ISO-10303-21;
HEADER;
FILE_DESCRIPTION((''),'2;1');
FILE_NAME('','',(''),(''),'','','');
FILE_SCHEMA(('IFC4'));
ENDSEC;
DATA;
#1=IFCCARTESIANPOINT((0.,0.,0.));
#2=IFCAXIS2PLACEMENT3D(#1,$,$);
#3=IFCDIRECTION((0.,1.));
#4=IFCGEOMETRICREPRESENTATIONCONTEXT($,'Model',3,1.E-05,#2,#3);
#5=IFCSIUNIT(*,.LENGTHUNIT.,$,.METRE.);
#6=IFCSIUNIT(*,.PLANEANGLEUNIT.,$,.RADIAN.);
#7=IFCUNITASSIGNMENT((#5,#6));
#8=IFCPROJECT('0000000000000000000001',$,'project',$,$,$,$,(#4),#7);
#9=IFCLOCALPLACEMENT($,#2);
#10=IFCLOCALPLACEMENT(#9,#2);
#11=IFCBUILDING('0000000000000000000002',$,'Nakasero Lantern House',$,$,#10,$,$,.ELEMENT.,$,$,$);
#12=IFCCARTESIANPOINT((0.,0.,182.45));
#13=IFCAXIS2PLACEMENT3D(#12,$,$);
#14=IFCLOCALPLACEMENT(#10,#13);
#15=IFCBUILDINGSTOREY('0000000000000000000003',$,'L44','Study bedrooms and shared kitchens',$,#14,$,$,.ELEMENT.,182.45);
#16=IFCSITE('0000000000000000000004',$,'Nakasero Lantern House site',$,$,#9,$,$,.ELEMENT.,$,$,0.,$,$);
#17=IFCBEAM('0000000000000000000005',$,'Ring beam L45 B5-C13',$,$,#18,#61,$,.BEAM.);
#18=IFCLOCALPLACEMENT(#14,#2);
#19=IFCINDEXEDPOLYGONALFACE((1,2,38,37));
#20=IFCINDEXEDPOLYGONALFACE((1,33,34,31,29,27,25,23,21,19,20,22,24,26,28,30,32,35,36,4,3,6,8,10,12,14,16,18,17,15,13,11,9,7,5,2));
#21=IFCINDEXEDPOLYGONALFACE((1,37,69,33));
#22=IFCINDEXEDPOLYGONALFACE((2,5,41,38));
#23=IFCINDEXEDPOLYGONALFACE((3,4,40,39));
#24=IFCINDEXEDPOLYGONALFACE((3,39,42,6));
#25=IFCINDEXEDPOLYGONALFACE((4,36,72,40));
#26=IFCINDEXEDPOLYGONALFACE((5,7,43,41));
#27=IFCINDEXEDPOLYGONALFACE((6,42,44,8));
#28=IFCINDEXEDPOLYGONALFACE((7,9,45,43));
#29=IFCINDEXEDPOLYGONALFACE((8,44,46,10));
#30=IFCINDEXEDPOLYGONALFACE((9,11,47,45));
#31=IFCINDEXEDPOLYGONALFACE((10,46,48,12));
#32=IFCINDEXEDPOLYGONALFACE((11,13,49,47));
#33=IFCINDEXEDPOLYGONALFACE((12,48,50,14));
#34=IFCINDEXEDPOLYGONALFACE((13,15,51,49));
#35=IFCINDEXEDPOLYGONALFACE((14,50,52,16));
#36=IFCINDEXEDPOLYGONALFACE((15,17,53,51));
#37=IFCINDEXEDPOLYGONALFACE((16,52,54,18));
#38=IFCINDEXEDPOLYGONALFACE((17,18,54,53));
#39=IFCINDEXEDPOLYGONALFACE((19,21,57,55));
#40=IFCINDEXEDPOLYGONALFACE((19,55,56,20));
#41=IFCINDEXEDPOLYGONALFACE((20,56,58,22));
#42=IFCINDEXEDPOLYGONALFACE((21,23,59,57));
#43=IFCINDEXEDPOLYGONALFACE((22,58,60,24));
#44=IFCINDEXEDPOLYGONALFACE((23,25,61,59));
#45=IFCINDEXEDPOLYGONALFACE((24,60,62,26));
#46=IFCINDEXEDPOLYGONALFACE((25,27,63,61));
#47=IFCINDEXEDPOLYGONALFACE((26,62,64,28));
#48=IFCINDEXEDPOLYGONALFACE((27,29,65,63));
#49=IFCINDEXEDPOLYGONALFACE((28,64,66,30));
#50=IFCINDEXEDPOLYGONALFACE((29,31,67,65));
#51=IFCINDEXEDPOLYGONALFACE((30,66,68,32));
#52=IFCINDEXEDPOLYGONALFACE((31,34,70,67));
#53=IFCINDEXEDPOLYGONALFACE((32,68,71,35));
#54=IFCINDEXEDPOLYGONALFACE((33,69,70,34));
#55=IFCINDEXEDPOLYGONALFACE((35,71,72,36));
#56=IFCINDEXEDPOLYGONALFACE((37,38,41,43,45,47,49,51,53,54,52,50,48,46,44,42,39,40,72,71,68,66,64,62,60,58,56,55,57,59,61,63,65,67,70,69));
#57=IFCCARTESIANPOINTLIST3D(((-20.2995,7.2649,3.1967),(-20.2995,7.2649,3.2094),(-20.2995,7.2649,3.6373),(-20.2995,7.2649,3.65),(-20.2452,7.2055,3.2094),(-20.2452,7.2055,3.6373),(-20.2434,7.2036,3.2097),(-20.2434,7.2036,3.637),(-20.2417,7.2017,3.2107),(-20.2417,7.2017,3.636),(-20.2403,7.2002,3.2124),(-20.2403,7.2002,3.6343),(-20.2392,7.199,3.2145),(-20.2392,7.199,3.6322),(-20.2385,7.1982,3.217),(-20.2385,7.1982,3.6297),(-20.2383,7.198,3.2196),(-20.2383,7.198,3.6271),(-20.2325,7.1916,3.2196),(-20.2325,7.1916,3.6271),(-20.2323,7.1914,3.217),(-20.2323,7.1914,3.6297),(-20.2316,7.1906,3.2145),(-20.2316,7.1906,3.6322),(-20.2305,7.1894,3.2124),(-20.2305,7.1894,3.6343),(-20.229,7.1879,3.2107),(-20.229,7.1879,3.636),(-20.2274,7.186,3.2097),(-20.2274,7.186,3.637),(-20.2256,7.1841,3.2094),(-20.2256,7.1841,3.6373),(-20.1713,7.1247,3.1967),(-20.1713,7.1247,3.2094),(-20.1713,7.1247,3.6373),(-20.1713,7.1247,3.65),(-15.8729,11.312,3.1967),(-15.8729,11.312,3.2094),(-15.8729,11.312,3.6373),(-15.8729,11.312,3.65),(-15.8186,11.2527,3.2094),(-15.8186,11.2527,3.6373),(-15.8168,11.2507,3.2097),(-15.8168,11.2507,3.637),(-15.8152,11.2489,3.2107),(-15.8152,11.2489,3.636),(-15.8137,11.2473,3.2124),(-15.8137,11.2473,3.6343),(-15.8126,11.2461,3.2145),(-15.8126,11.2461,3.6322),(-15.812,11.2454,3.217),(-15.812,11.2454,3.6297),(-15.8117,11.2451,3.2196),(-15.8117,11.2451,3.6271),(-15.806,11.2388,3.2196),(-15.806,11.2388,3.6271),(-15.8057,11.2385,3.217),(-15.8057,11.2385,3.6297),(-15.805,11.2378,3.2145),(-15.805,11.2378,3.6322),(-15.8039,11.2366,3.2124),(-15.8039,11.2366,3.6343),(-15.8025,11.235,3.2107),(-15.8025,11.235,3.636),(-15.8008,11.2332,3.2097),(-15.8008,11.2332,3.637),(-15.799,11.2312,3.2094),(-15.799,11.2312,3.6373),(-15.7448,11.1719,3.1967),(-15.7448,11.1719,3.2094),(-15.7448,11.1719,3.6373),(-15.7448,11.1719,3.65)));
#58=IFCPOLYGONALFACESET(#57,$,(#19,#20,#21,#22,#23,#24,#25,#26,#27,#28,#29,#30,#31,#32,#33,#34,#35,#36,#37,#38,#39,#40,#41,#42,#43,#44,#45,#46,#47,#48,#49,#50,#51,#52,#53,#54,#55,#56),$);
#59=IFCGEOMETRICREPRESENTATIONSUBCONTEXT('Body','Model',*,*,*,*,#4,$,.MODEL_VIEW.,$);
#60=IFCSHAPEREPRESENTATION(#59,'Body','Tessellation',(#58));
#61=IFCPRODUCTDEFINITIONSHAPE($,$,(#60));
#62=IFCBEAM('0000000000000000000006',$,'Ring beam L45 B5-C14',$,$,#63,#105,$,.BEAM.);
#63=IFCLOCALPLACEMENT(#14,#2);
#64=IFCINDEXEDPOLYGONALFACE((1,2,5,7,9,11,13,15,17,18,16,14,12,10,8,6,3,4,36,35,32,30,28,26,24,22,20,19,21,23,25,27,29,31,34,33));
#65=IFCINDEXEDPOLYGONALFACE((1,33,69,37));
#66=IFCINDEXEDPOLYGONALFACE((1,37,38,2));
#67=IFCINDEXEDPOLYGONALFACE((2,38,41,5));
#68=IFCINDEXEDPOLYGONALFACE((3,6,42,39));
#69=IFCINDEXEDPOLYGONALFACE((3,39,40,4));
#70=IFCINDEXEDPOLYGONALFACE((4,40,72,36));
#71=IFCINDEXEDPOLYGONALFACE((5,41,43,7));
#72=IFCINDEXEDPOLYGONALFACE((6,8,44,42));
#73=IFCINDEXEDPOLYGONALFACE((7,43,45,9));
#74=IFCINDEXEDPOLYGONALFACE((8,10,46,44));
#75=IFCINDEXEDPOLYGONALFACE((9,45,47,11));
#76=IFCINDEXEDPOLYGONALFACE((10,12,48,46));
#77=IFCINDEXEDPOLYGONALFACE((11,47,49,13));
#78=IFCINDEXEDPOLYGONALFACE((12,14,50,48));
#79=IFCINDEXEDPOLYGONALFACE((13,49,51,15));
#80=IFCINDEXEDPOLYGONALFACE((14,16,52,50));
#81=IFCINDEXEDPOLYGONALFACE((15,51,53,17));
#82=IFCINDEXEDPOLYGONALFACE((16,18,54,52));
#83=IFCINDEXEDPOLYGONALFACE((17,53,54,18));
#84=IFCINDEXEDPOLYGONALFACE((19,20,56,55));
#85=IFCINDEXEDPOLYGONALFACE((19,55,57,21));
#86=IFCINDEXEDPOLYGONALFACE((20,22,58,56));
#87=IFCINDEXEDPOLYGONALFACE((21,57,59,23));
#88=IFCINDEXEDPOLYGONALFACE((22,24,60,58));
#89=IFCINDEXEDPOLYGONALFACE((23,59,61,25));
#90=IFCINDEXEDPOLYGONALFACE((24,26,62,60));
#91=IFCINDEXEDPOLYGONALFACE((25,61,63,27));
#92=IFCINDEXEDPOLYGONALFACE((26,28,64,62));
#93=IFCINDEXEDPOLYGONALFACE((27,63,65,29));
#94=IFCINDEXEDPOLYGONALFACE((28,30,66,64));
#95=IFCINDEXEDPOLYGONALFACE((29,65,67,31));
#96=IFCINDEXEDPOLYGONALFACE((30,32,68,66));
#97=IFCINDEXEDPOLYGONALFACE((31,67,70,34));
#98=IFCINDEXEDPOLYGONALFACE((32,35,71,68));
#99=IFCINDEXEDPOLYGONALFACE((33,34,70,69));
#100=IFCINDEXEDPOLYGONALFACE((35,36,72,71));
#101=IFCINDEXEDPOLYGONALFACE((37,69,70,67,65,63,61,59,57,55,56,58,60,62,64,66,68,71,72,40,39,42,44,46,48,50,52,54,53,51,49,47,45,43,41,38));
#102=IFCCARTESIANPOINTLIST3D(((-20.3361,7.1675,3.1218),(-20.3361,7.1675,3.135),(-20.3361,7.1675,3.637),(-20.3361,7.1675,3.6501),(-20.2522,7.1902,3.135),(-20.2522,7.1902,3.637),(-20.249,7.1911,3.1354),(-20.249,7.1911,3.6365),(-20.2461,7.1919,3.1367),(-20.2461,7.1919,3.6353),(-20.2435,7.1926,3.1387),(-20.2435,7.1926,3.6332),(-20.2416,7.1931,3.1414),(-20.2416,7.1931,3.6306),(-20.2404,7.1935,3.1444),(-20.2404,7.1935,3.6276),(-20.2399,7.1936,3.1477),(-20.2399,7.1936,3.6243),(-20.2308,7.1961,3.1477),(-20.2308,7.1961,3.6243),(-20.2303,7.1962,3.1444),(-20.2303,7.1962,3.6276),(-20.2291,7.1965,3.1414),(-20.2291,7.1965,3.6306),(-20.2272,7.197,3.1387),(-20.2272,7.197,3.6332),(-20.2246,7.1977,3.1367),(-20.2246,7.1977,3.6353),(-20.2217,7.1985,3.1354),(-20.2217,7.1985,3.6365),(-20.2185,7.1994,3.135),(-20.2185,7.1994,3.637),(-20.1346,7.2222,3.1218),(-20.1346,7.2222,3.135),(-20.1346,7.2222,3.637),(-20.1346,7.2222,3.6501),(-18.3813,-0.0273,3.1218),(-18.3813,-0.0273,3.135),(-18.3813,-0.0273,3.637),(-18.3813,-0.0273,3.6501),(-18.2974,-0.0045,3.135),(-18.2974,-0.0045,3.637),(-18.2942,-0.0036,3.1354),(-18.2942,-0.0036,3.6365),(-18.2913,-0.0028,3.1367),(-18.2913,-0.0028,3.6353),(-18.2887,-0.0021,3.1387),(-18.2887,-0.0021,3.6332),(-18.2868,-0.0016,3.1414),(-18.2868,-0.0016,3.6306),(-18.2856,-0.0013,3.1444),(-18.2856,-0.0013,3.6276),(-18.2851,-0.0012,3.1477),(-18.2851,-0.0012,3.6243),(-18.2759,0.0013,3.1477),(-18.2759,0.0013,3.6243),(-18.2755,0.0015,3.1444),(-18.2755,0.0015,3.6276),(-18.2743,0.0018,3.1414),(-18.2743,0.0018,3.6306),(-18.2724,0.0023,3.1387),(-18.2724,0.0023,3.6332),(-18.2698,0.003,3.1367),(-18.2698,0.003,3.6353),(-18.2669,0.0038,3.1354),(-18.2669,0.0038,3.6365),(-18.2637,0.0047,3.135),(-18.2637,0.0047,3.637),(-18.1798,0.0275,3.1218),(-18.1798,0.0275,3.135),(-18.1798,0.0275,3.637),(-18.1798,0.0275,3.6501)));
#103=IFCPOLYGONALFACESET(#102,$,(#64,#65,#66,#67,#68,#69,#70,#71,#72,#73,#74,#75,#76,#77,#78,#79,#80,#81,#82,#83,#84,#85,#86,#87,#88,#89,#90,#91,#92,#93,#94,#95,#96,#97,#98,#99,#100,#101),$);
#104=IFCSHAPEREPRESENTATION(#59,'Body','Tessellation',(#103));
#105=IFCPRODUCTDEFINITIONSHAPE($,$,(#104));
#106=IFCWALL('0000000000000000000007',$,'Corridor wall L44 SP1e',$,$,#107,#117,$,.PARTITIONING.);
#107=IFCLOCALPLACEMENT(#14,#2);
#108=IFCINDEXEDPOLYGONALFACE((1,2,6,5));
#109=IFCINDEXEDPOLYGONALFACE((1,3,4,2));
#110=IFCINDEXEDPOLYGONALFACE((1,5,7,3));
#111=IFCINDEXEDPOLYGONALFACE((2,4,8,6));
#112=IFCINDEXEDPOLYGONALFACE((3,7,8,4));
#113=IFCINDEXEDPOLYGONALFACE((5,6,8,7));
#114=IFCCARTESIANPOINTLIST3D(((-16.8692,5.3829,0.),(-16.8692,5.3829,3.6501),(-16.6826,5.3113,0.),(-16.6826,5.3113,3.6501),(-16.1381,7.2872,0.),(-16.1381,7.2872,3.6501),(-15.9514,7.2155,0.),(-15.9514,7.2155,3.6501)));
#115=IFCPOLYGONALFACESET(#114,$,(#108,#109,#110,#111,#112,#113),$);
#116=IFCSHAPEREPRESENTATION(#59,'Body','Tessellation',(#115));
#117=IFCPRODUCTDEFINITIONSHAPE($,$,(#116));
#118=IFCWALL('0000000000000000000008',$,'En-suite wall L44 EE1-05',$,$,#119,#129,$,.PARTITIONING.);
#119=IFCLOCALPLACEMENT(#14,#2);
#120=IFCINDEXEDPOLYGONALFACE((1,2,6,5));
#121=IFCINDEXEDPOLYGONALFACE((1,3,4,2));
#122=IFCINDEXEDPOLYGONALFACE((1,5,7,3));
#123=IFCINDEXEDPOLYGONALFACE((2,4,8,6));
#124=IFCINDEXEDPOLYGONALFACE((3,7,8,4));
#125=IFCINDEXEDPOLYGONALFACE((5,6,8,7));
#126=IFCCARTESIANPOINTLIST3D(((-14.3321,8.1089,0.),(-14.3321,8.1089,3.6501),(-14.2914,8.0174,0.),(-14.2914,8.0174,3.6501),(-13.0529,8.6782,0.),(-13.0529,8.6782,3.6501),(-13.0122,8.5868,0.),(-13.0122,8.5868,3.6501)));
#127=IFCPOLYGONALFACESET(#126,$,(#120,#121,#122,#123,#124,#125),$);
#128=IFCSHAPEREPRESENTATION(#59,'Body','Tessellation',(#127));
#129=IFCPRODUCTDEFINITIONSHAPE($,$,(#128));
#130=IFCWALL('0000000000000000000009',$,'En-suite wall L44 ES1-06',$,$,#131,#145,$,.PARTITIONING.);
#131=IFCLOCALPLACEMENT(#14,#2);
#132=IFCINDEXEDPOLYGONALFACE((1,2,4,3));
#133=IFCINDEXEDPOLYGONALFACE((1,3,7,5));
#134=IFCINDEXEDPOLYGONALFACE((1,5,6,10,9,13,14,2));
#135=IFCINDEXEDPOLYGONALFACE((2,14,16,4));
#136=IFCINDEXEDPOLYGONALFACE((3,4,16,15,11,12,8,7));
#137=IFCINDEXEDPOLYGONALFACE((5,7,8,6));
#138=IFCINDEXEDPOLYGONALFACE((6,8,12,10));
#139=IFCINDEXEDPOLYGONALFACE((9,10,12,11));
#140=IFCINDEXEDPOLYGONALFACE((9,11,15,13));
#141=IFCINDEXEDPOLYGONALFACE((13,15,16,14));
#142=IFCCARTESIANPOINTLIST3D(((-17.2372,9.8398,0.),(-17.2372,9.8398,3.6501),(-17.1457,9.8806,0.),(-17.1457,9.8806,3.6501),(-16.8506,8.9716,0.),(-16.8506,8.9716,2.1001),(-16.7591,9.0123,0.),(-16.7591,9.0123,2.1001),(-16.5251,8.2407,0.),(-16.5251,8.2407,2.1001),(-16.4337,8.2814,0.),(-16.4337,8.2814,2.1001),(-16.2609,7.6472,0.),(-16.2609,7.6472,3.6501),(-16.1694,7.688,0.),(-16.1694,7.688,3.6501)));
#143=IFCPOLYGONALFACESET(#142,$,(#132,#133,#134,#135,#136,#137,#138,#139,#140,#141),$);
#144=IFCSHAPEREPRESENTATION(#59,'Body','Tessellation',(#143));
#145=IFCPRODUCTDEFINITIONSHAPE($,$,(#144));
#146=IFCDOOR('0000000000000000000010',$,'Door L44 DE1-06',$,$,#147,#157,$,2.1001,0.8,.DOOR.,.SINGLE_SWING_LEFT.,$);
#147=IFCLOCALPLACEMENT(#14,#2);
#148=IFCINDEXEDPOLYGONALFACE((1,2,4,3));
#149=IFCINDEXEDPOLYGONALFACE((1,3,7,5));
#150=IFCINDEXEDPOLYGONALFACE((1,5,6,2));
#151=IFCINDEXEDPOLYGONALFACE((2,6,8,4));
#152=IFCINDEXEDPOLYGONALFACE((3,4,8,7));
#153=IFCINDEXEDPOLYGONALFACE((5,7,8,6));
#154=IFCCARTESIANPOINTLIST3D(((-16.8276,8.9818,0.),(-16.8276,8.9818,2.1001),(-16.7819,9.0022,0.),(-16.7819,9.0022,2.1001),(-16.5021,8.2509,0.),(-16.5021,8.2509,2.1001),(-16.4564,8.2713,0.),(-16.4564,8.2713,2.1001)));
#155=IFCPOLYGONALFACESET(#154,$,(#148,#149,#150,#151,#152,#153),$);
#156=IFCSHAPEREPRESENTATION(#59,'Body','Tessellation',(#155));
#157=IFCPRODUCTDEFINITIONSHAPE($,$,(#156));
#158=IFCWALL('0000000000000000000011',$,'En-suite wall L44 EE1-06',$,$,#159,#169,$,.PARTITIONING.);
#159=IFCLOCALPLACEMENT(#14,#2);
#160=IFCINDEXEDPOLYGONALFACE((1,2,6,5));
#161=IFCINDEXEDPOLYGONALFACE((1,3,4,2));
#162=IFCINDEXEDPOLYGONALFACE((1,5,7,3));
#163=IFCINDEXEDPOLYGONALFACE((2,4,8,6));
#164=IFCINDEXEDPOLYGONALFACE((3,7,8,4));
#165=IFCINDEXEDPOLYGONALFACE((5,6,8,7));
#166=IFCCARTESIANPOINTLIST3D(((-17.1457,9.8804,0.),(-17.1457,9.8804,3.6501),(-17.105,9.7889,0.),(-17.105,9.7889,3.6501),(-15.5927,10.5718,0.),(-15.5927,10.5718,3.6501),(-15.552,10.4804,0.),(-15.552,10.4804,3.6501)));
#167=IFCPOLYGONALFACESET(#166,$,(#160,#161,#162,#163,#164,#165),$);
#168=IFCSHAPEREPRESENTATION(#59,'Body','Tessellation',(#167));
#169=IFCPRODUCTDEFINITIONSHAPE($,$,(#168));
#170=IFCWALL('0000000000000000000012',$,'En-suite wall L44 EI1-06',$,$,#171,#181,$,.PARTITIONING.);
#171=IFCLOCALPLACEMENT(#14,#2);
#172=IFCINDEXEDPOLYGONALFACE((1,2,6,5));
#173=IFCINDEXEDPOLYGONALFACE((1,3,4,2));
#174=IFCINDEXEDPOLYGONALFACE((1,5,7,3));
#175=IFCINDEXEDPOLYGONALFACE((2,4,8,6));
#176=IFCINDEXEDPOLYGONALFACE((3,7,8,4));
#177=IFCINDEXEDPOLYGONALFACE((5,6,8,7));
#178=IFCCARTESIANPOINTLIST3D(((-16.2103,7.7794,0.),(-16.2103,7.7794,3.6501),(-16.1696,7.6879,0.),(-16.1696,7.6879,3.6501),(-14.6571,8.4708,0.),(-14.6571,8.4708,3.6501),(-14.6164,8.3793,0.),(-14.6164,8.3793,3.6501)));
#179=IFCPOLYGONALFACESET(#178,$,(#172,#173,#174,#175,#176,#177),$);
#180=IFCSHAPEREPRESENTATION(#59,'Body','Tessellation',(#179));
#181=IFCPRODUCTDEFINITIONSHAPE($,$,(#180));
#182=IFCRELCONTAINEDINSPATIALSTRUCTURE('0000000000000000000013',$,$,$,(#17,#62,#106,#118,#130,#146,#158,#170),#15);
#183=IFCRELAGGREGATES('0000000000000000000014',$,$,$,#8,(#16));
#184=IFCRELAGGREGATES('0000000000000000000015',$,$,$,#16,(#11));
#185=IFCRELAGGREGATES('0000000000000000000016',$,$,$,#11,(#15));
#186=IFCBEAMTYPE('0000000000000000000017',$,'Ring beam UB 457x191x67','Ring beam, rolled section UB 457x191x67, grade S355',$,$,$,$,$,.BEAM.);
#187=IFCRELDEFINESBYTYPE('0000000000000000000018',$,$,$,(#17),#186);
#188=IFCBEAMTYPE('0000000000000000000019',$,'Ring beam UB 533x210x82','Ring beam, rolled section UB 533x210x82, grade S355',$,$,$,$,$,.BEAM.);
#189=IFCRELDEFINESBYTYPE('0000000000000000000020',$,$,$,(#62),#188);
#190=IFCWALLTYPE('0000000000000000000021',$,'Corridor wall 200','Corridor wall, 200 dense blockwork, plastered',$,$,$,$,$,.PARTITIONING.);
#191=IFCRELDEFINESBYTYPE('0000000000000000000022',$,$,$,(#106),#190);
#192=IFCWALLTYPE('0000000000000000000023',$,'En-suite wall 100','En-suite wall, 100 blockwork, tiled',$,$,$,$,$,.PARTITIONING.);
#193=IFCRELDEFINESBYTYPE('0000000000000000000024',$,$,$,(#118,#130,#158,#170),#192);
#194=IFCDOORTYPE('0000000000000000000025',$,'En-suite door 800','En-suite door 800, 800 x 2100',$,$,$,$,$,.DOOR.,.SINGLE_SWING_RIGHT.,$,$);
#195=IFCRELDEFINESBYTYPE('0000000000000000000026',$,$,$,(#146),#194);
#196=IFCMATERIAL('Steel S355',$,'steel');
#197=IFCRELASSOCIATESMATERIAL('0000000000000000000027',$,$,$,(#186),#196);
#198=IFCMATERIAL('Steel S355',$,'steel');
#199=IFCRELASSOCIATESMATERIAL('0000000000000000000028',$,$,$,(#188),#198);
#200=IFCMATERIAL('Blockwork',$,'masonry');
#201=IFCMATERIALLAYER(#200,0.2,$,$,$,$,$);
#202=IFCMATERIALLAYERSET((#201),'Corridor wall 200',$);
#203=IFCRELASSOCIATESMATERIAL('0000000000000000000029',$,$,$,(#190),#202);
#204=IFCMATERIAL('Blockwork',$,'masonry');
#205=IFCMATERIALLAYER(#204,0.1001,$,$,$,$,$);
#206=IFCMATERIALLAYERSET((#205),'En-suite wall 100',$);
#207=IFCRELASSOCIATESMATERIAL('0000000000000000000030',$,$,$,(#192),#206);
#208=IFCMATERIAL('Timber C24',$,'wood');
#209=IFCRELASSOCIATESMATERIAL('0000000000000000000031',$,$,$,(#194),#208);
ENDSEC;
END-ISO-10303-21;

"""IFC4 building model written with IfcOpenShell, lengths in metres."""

from ifc_helpers import new_model, si_unit, direction, frame, frame_2d, origin, origin_2d, place, context, subcontext, project, spatial, rectangle, i_section, extrude, material, layer, layer_set, material_profile, profile_set, type_object, element, fill, save


model = new_model("IFC4")

# Units and contexts
model_context = context("Model", 3, precision=1e-05, world=origin(), true_north=direction((0.0, 1.0)))
body_context = subcontext(model_context, "Body", "Model", "MODEL_VIEW")
ifc_project = project(units=[si_unit("LENGTHUNIT", "METRE"), si_unit("PLANEANGLEUNIT", "RADIAN")], contexts=[model_context])

# Site, building, storey
site_placement = place(None, origin())
site = spatial("IfcSite", under=ifc_project, at=site_placement, Name="Nakasero Lantern House site", CompositionType="ELEMENT", RefElevation=0.0)
building_placement = place(site_placement, origin())
building = spatial("IfcBuilding", under=site, at=building_placement, Name="Nakasero Lantern House", CompositionType="ELEMENT")
storey_placement = place(building_placement, frame((0.0, 0.0, 182.45)))
storey = spatial("IfcBuildingStorey", under=building, at=storey_placement, Name="L44", Description="Study bedrooms and shared kitchens", CompositionType="ELEMENT", Elevation=182.45)

# Beams
ifc_material_1 = material(Name="Steel S355", Category="steel")
ifc_material_profile_1 = material_profile(ifc_material_1, i_section(OverallWidth=0.1899, OverallDepth=0.4534, WebThickness=0.0085, FlangeThickness=0.0127, FilletRadius=0.0103, at=origin_2d()), Name="UB 457x191x67")
ifc_profile_set_1 = profile_set([ifc_material_profile_1], Name="Steel S355")
beam_type_1 = type_object("IfcBeamType", Name="Ring beam UB 457x191x67", Description="Ring beam, rolled section UB 457x191x67, grade S355", PredefinedType="BEAM", material=ifc_profile_set_1)
beam_1_placement = place(storey_placement, frame((-15.8088, 11.2419, 3.4233), z_axis=(-0.738027, -0.674771, 0.0), x_axis=(0.674771, -0.738027, 0.0)))
element("IfcBeam", 1, at=beam_1_placement, inside=storey, type_object=beam_type_1, Name="Ring beam L45 B5-C13", PredefinedType="BEAM", context=body_context, shape_type="SweptSolid", body=[
    extrude(i_section(OverallWidth=0.1899, OverallDepth=0.4534, WebThickness=0.0085, FlangeThickness=0.0127, FilletRadius=0.0103, at=origin_2d()), origin(), (0.0, 0.0, 1.0), 5.9978),
])
ifc_material_2 = material(Name="Steel S355", Category="steel")
ifc_material_profile_2 = material_profile(ifc_material_2, i_section(OverallWidth=0.2087, OverallDepth=0.5283, WebThickness=0.0095, FlangeThickness=0.0132, FilletRadius=0.0127, at=origin_2d()), Name="UB 533x210x82")
ifc_profile_set_2 = profile_set([ifc_material_profile_2], Name="Steel S355")
beam_type_2 = type_object("IfcBeamType", Name="Ring beam UB 533x210x82", Description="Ring beam, rolled section UB 533x210x82, grade S355", PredefinedType="BEAM", material=ifc_profile_set_2)
beam_2_placement = place(storey_placement, frame((-20.2354, 7.1948, 3.386), z_axis=(0.262195, -0.965015, 0.0), x_axis=(0.965015, 0.262195, 0.0)))
element("IfcBeam", 2, at=beam_2_placement, inside=storey, type_object=beam_type_2, Name="Ring beam L45 B5-C14", PredefinedType="BEAM", context=body_context, shape_type="SweptSolid", body=[
    extrude(i_section(OverallWidth=0.2087, OverallDepth=0.5283, WebThickness=0.0095, FlangeThickness=0.0132, FilletRadius=0.0127, at=origin_2d()), origin(), (0.0, 0.0, 1.0), 7.4556),
])

# Walls
ifc_material_3 = material(Name="Blockwork", Category="masonry")
ifc_layer_1 = layer(ifc_material_3, 0.2)
ifc_layer_set_1 = layer_set([ifc_layer_1], Name="Corridor wall 200")
wall_type_1 = type_object("IfcWallType", Name="Corridor wall 200", Description="Corridor wall, 200 dense blockwork, plastered", PredefinedType="PARTITIONING", material=ifc_layer_set_1)
wall_1_placement = place(storey_placement, frame((-16.0447, 7.2515, 0.0), z_axis=(0.0, 0.0, 1.0), x_axis=(-0.358458, -0.933546, 0.0)))
element("IfcWall", 3, at=wall_1_placement, inside=storey, type_object=wall_type_1, Name="Corridor wall L44 SP1e", PredefinedType="PARTITIONING", context=body_context, shape_type="SweptSolid", body=[
    extrude(rectangle(XDim=2.0398, YDim=0.2, at=frame_2d((1.02, 0.0))), origin(), (0.0, 0.0, 1.0), 3.6501),
])
ifc_material_4 = material(Name="Blockwork", Category="masonry")
ifc_layer_2 = layer(ifc_material_4, 0.1001)
ifc_layer_set_2 = layer_set([ifc_layer_2], Name="En-suite wall 100")
wall_type_2 = type_object("IfcWallType", Name="En-suite wall 100", Description="En-suite wall, 100 blockwork, tiled", PredefinedType="PARTITIONING", material=ifc_layer_set_2)
wall_2_placement = place(storey_placement, frame((-13.0325, 8.6326, 0.0), z_axis=(0.0, 0.0, 1.0), x_axis=(-0.913581, -0.406656, 0.0)))
element("IfcWall", 4, at=wall_2_placement, inside=storey, type_object=wall_type_2, Name="En-suite wall L44 EE1-05", PredefinedType="PARTITIONING", context=body_context, shape_type="SweptSolid", body=[
    extrude(rectangle(XDim=1.4001, YDim=0.1001, at=frame_2d((0.7002, 0.0))), origin(), (0.0, 0.0, 1.0), 3.6501),
])

# Wall, opening, door
wall_3_placement = place(storey_placement, frame((-16.2151, 7.6675, 0.0), z_axis=(0.0, 0.0, 1.0), x_axis=(-0.406771, 0.91353, 0.0)))
wall_3 = element("IfcWall", 5, at=wall_3_placement, inside=storey, type_object=wall_type_2, Name="En-suite wall L44 ES1-06", PredefinedType="PARTITIONING", context=body_context, shape_type="SweptSolid", body=[
    extrude(rectangle(XDim=2.4001, YDim=0.1001, at=frame_2d((1.2002, 0.0))), origin(), (0.0, 0.0, 1.0), 3.6501),
])
opening_1_placement = place(wall_3_placement, frame((0.6499, 0.0, 0.0)))
opening_1 = element("IfcOpeningElement", 6, at=opening_1_placement, cuts=wall_3, PredefinedType="OPENING", context=body_context, shape_type="SweptSolid", body=[
    extrude(rectangle(XDim=0.8, YDim=2.1001, at=frame_2d((0.3999, 1.05))), frame((0.0, 0.0701, 0.0), z_axis=(0.0, -1.0, 0.0), x_axis=(1.0, 0.0, 0.0)), (0.0, 0.0, 1.0), 0.1401),
])
ifc_material_5 = material(Name="Timber C24", Category="wood")
door_type = type_object("IfcDoorType", Name="En-suite door 800", Description="En-suite door 800, 800 x 2100", OperationType="SINGLE_SWING_RIGHT", PredefinedType="DOOR", material=ifc_material_5)
door_placement = place(opening_1_placement, origin())
door = element("IfcDoor", 7, at=door_placement, inside=storey, type_object=door_type, Name="Door L44 DE1-06", OperationType="SINGLE_SWING_LEFT", OverallHeight=2.1001, OverallWidth=0.8, PredefinedType="DOOR", context=body_context, shape_type="SweptSolid", body=[
    extrude(rectangle(XDim=0.8, YDim=2.1001, at=frame_2d((0.3999, 1.05))), frame((0.0, 0.0249, 0.0), z_axis=(0.0, -1.0, 0.0), x_axis=(1.0, 0.0, 0.0)), (0.0, 0.0, 1.0), 0.05),
])
fill(opening_1, door)

# Walls
wall_4_placement = place(storey_placement, frame((-15.5723, 10.5261, 0.0), z_axis=(0.0, 0.0, 1.0), x_axis=(-0.913551, -0.406725, 0.0)))
element("IfcWall", 8, at=wall_4_placement, inside=storey, type_object=wall_type_2, Name="En-suite wall L44 EE1-06", PredefinedType="PARTITIONING", context=body_context, shape_type="SweptSolid", body=[
    extrude(rectangle(XDim=1.7, YDim=0.1001, at=frame_2d((0.8501, 0.0))), origin(), (0.0, 0.0, 1.0), 3.6501),
])
wall_5_placement = place(storey_placement, frame((-14.6367, 8.425, 0.0), z_axis=(0.0, 0.0, 1.0), x_axis=(-0.913575, -0.406671, 0.0)))
element("IfcWall", 9, at=wall_5_placement, inside=storey, type_object=wall_type_2, Name="En-suite wall L44 EI1-06", PredefinedType="PARTITIONING", context=body_context, shape_type="SweptSolid", body=[
    extrude(rectangle(XDim=1.7002, YDim=0.1001, at=frame_2d((0.8501, 0.0))), origin(), (0.0, 0.0, 1.0), 3.6501),
])

save(model, "model.ifc")
